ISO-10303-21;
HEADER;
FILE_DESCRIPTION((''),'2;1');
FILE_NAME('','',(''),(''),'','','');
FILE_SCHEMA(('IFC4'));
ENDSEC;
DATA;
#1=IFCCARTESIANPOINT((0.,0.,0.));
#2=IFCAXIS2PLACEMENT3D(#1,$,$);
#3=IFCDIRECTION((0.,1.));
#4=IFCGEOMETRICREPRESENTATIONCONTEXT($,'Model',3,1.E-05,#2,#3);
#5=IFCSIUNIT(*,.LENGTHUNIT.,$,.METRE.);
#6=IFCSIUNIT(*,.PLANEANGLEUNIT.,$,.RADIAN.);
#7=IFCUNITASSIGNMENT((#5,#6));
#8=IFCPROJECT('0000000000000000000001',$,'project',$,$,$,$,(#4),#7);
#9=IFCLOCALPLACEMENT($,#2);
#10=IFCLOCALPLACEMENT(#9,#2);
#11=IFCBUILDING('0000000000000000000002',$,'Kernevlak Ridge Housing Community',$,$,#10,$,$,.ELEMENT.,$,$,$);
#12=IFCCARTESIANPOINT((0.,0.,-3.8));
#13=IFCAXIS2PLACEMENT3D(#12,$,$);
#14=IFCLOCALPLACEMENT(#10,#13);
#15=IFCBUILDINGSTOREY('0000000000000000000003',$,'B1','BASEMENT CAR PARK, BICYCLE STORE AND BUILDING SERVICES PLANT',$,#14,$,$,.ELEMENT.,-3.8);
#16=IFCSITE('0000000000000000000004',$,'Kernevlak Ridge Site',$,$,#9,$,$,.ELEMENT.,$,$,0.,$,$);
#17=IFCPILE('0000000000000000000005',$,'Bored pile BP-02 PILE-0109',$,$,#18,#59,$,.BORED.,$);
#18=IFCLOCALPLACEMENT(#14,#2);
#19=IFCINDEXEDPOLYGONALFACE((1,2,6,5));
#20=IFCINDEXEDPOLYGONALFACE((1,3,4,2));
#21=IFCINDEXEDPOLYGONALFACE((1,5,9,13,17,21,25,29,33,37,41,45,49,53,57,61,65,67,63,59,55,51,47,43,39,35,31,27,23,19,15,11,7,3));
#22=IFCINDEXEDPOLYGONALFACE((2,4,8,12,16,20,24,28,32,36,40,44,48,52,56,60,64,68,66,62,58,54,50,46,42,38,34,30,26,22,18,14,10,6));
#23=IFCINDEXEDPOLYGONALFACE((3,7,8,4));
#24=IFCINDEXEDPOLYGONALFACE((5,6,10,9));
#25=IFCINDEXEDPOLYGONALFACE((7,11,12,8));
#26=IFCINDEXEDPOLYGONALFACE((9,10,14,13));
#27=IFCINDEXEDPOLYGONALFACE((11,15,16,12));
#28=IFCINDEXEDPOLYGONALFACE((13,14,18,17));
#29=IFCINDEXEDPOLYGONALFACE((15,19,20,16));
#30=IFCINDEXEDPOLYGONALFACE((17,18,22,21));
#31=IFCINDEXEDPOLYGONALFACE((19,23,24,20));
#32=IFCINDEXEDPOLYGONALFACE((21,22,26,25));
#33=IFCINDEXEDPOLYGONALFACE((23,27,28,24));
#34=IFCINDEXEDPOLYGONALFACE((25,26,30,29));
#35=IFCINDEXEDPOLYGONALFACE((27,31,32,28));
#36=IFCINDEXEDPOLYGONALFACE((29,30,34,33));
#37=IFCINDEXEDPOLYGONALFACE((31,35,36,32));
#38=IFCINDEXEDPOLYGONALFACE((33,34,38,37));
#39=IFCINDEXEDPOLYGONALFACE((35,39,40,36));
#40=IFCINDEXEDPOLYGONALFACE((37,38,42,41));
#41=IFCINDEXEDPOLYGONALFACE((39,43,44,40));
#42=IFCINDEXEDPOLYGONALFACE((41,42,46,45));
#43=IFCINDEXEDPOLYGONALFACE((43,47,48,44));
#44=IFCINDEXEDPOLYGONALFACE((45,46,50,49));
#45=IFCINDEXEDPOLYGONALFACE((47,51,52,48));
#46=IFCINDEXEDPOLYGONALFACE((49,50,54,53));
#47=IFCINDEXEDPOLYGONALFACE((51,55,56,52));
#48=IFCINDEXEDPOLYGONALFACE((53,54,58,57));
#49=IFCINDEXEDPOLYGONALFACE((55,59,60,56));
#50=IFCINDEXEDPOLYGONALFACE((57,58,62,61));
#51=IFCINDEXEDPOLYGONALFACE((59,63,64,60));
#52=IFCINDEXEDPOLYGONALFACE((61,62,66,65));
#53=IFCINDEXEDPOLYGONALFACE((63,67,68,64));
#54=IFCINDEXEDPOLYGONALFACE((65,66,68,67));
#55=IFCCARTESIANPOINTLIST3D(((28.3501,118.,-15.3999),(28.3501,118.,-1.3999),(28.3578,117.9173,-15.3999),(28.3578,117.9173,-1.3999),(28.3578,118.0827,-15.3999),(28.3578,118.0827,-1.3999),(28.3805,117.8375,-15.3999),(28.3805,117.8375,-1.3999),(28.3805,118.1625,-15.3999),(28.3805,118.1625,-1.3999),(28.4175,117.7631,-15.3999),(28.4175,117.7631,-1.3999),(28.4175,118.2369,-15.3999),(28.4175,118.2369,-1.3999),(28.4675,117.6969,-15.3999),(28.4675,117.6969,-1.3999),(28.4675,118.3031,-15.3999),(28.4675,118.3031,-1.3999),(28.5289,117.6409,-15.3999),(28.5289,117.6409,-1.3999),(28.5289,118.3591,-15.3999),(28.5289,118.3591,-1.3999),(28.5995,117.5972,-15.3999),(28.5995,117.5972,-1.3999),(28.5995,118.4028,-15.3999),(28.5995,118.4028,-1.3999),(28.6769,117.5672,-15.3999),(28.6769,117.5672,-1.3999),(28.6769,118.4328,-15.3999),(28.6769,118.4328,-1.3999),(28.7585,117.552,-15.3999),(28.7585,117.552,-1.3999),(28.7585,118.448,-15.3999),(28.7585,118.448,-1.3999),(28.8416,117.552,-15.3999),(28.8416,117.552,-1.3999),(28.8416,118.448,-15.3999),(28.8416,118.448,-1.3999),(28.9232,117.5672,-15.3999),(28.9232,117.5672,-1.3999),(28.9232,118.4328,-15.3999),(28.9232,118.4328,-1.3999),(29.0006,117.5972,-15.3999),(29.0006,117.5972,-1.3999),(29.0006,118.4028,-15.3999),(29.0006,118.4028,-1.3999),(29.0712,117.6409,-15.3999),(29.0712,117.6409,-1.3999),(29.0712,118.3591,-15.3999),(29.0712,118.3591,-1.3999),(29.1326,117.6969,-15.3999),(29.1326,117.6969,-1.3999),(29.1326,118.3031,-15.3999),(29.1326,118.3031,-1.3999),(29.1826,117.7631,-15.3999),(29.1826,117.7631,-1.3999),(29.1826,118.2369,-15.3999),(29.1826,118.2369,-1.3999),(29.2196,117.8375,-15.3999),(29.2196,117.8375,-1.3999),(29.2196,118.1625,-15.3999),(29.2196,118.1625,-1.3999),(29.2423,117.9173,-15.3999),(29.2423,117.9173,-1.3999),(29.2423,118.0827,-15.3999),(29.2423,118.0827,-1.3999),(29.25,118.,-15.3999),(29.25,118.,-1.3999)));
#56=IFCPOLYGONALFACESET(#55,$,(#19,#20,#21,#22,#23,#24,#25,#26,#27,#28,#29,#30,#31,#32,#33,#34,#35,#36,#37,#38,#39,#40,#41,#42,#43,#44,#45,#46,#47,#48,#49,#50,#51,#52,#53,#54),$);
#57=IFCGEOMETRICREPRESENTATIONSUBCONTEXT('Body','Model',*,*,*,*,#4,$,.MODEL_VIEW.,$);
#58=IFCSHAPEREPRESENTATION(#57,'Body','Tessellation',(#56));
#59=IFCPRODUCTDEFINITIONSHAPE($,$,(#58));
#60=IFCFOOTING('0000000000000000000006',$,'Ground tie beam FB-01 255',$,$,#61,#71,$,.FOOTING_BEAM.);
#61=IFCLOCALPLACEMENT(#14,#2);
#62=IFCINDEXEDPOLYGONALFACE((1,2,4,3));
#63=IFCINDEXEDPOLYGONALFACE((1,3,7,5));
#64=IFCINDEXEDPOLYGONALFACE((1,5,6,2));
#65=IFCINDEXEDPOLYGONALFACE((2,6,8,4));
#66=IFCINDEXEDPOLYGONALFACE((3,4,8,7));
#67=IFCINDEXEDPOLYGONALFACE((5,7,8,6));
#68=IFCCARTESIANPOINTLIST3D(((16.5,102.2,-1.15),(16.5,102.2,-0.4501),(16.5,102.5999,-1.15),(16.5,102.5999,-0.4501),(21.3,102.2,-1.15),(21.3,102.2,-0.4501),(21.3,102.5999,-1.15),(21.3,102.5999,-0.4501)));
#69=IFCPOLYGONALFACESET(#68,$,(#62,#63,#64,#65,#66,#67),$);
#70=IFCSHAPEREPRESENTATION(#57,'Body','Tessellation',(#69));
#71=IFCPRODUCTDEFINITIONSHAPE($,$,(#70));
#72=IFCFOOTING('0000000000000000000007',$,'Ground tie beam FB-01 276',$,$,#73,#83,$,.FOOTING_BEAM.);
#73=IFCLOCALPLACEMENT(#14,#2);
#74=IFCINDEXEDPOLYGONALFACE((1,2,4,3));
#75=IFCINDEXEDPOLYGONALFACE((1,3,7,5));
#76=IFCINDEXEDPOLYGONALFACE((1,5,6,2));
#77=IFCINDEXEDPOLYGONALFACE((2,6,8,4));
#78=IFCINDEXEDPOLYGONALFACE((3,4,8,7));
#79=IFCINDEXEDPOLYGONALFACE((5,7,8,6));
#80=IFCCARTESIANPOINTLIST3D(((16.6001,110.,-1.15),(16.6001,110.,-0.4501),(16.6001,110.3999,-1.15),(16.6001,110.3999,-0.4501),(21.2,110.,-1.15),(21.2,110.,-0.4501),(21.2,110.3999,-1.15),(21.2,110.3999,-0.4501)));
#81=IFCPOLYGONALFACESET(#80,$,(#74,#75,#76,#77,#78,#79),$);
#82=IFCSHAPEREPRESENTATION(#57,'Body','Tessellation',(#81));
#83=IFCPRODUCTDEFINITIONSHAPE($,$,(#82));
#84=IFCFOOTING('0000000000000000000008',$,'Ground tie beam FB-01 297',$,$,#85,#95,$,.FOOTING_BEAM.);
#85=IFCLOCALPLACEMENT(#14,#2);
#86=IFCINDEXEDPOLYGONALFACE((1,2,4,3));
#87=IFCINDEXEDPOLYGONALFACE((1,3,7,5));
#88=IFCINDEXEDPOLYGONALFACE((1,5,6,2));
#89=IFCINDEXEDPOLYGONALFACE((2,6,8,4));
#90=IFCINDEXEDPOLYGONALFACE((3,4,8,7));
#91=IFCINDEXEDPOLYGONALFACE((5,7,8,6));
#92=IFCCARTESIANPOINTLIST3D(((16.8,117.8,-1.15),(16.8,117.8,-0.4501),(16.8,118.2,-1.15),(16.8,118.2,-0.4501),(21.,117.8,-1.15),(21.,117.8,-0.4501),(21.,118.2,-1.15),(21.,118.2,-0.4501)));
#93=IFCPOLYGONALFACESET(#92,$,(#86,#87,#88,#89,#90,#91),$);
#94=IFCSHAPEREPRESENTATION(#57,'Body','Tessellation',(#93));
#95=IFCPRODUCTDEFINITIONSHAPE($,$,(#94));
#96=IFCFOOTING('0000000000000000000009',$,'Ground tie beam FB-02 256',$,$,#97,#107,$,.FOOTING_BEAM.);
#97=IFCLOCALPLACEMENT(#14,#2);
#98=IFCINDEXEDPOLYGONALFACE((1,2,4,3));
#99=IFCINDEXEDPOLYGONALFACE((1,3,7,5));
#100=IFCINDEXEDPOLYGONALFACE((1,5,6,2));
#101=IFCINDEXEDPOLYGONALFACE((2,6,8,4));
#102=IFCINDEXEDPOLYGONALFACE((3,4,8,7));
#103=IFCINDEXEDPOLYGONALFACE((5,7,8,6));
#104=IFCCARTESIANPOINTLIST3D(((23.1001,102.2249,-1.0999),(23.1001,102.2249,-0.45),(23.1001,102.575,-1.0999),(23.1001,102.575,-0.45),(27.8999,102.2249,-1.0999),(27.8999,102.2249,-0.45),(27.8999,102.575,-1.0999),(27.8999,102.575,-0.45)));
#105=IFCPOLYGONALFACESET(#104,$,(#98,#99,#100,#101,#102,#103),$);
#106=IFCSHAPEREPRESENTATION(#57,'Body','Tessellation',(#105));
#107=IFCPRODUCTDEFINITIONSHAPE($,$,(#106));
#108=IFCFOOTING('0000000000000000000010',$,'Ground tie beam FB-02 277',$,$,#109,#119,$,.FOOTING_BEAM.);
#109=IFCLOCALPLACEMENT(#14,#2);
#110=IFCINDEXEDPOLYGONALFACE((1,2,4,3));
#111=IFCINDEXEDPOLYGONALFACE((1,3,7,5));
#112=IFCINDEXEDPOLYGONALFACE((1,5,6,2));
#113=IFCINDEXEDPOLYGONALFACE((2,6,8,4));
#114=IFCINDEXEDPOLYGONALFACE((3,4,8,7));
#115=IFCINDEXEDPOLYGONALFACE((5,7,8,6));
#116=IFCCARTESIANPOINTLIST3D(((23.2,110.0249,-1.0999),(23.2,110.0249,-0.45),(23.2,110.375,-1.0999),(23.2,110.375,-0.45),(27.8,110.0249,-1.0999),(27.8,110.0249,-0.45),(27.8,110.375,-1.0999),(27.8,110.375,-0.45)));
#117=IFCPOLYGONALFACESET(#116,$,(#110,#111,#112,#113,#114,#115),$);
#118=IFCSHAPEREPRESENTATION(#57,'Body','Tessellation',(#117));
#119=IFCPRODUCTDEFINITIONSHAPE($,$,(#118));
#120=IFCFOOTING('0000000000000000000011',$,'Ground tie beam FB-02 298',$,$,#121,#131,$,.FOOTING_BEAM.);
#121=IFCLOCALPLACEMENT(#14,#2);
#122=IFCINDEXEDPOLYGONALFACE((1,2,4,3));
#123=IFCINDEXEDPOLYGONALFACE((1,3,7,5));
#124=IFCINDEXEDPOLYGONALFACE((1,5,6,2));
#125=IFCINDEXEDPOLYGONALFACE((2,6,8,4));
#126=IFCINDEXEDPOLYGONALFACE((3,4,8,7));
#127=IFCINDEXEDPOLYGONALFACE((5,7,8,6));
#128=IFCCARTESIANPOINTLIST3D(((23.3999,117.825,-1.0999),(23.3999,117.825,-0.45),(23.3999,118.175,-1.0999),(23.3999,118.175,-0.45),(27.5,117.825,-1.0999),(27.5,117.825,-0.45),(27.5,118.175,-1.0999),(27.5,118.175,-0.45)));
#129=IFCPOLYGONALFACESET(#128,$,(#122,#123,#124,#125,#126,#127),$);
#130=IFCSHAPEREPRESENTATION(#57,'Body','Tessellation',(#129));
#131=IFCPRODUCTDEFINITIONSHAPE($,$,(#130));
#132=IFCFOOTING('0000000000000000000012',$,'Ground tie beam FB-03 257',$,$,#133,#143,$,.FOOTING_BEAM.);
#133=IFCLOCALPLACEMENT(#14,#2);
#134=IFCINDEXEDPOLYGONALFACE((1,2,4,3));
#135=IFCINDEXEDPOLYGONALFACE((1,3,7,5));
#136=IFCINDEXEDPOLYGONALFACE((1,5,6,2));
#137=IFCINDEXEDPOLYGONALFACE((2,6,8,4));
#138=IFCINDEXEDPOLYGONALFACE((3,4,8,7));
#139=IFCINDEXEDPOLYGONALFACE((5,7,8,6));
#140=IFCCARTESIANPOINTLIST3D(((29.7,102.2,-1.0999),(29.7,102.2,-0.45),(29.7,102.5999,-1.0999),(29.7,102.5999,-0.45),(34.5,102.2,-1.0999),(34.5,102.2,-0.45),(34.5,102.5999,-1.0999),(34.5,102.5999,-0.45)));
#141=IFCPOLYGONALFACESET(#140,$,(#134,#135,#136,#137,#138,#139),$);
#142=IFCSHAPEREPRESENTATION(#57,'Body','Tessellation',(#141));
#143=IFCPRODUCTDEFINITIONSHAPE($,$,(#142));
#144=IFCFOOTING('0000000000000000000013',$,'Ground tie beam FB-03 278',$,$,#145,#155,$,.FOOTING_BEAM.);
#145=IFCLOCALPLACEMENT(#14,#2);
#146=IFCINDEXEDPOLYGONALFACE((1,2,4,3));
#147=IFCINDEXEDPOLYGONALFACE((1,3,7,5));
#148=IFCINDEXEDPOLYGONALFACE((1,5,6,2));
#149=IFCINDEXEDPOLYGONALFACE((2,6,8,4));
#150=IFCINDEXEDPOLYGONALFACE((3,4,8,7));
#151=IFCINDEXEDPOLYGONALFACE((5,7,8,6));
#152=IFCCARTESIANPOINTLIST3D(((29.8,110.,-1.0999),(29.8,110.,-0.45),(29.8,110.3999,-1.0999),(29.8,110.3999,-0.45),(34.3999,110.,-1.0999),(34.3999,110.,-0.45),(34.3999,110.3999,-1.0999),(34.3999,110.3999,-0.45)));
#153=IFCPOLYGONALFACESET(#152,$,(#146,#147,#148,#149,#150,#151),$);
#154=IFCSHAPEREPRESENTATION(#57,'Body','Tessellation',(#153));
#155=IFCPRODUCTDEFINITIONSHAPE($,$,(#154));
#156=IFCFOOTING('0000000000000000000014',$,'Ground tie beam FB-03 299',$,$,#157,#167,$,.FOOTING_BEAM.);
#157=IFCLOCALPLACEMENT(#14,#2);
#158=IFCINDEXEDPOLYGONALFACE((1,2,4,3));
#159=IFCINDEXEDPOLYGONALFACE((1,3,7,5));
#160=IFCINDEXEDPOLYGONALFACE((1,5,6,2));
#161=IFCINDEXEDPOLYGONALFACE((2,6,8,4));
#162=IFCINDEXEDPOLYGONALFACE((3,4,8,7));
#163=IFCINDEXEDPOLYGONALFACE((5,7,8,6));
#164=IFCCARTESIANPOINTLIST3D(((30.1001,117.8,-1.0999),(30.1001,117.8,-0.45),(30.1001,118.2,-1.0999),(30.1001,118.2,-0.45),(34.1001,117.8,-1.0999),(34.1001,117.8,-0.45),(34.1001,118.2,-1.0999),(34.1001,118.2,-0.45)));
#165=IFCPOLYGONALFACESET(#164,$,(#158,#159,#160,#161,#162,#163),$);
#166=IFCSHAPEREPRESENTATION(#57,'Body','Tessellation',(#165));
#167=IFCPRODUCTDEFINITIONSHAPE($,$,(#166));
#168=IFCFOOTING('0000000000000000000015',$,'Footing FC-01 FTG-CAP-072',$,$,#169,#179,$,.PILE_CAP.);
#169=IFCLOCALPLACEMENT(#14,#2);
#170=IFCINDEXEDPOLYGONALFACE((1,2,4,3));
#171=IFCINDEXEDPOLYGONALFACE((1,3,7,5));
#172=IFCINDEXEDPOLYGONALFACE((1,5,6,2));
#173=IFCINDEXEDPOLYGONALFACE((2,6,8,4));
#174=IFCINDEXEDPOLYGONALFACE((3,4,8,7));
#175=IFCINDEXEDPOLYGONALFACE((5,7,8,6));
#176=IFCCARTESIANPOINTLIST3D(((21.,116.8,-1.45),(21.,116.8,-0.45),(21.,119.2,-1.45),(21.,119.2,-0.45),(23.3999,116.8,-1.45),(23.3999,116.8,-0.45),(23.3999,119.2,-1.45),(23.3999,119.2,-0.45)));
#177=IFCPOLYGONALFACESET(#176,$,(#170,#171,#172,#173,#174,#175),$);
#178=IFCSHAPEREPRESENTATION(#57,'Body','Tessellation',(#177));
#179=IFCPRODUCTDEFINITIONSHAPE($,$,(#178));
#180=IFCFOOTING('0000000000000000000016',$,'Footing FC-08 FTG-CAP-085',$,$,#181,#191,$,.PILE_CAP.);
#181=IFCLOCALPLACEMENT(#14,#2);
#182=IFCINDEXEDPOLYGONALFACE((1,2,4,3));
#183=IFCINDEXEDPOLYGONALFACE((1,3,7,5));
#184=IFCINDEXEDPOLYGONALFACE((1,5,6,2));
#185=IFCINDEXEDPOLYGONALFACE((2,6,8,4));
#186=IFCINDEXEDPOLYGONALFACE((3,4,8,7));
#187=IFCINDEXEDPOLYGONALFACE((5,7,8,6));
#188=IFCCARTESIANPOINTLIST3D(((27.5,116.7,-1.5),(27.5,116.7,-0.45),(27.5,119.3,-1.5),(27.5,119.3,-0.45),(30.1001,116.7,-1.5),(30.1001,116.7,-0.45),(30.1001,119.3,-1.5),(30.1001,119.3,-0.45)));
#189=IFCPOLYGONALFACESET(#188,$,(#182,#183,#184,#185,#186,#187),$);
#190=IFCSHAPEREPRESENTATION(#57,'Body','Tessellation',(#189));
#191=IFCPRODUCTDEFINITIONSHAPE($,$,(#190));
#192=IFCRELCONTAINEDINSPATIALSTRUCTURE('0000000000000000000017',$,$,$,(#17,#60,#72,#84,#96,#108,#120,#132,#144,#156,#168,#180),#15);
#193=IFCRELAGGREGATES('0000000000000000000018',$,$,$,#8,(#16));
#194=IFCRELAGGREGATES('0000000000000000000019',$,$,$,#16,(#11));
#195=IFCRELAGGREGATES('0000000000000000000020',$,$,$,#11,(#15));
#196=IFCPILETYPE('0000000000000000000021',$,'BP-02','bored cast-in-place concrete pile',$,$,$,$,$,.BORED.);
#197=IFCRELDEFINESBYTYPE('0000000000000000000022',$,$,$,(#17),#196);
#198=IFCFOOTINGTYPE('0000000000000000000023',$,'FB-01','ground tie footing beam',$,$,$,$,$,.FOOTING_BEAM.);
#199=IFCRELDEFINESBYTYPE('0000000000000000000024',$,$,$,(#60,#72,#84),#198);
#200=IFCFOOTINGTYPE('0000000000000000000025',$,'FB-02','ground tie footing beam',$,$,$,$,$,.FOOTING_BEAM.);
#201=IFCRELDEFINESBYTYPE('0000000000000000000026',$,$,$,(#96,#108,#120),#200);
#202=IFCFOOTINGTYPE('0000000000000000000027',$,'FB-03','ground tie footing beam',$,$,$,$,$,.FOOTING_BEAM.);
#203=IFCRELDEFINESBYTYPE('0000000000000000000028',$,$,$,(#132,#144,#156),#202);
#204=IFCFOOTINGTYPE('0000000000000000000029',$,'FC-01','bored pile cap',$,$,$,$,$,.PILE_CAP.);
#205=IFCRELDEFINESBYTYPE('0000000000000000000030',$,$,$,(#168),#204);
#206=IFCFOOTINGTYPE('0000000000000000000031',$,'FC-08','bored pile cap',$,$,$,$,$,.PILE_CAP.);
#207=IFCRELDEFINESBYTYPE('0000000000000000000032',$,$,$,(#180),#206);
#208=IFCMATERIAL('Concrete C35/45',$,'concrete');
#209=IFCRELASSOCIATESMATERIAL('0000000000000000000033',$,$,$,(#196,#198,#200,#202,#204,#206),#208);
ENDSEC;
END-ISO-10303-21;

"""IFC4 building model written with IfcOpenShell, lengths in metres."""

from ifc_helpers import new_model, si_unit, direction, frame, origin, origin_2d, place, context, subcontext, project, spatial, rectangle, circle, extrude, material, material_profile, profile_set, type_object, element, save


model = new_model("IFC4")

# Units and contexts
model_context = context("Model", 3, precision=1e-05, world=origin(), true_north=direction((0.0, 1.0)))
body_context = subcontext(model_context, "Body", "Model", "MODEL_VIEW")
ifc_project = project(units=[si_unit("LENGTHUNIT", "METRE"), si_unit("PLANEANGLEUNIT", "RADIAN")], contexts=[model_context])

# Site, building, storey
site_placement = place(None, origin())
site = spatial("IfcSite", under=ifc_project, at=site_placement, Name="Kernevlak Ridge Site", CompositionType="ELEMENT", RefElevation=0.0)
building_placement = place(site_placement, origin())
building = spatial("IfcBuilding", under=site, at=building_placement, Name="Kernevlak Ridge Housing Community", CompositionType="ELEMENT")
storey_placement = place(building_placement, frame((0.0, 0.0, -3.8)))
storey = spatial("IfcBuildingStorey", under=building, at=storey_placement, Name="B1", Description="BASEMENT CAR PARK, BICYCLE STORE AND BUILDING SERVICES PLANT", CompositionType="ELEMENT", Elevation=-3.8)

# Pile
ifc_material_1 = material(Name="Concrete C35/45", Category="concrete")
ifc_material_profile_1 = material_profile(ifc_material_1, circle(Radius=0.45, at=origin_2d()), Name="BORED PILE 900")
ifc_profile_set_1 = profile_set([ifc_material_profile_1], Name="Concrete C35/45")
pile_type_1 = type_object("IfcPileType", Name="BP-02", Description="bored cast-in-place concrete pile", PredefinedType="BORED", material=ifc_profile_set_1)
for number, where, z_axis, x_axis, name in (
    (1, (28.8, 118.0, -1.3999), (0.0, 0.0, -1.0), (1.0, 0.0, 0.0), "Bored pile BP-02 PILE-0109"),
):
    element("IfcPile", number, at=place(storey_placement, frame(where, z_axis=z_axis, x_axis=x_axis)), inside=storey, type_object=pile_type_1, Name=name, PredefinedType="BORED", context=body_context, shape_type="SweptSolid", body=[
        extrude(circle(Radius=0.45, at=origin_2d()), origin(), (0.0, 0.0, 1.0), 14.0),
    ])

# Footings
ifc_material_profile_2 = material_profile(ifc_material_1, rectangle(XDim=0.3999, YDim=0.7, at=origin_2d()), Name="RC 400x700")
ifc_profile_set_2 = profile_set([ifc_material_profile_2], Name="Concrete C35/45")
footing_type_1 = type_object("IfcFootingType", Name="FB-01", Description="ground tie footing beam", PredefinedType="FOOTING_BEAM", material=ifc_profile_set_2)
footing_1_placement = place(storey_placement, frame((16.5, 102.3999, -0.8), z_axis=(1.0, 0.0, 0.0), x_axis=(0.0, 1.0, 0.0)))
element("IfcFooting", 2, at=footing_1_placement, inside=storey, type_object=footing_type_1, Name="Ground tie beam FB-01 255", PredefinedType="FOOTING_BEAM", context=body_context, shape_type="SweptSolid", body=[
    extrude(rectangle(XDim=0.3999, YDim=0.7, at=origin_2d()), origin(), (0.0, 0.0, 1.0), 4.8),
])
footing_2_placement = place(storey_placement, frame((16.6001, 110.2, -0.8), z_axis=(1.0, 0.0, 0.0), x_axis=(0.0, 1.0, 0.0)))
element("IfcFooting", 3, at=footing_2_placement, inside=storey, type_object=footing_type_1, Name="Ground tie beam FB-01 276", PredefinedType="FOOTING_BEAM", context=body_context, shape_type="SweptSolid", body=[
    extrude(rectangle(XDim=0.3999, YDim=0.7, at=origin_2d()), origin(), (0.0, 0.0, 1.0), 4.5999),
])
footing_3_placement = place(storey_placement, frame((16.8, 118.0, -0.8), z_axis=(1.0, 0.0, 0.0), x_axis=(0.0, 1.0, 0.0)))
element("IfcFooting", 4, at=footing_3_placement, inside=storey, type_object=footing_type_1, Name="Ground tie beam FB-01 297", PredefinedType="FOOTING_BEAM", context=body_context, shape_type="SweptSolid", body=[
    extrude(rectangle(XDim=0.3999, YDim=0.7, at=origin_2d()), origin(), (0.0, 0.0, 1.0), 4.2),
])
ifc_material_profile_3 = material_profile(ifc_material_1, rectangle(XDim=0.3501, YDim=0.6499, at=origin_2d()), Name="RC 350x650")
ifc_profile_set_3 = profile_set([ifc_material_profile_3], Name="Concrete C35/45")
footing_type_2 = type_object("IfcFootingType", Name="FB-02", Description="ground tie footing beam", PredefinedType="FOOTING_BEAM", material=ifc_profile_set_3)
footing_4_placement = place(storey_placement, frame((23.1001, 102.3999, -0.7749), z_axis=(1.0, 0.0, 0.0), x_axis=(0.0, 1.0, 0.0)))
element("IfcFooting", 5, at=footing_4_placement, inside=storey, type_object=footing_type_2, Name="Ground tie beam FB-02 256", PredefinedType="FOOTING_BEAM", context=body_context, shape_type="SweptSolid", body=[
    extrude(rectangle(XDim=0.3501, YDim=0.6499, at=origin_2d()), origin(), (0.0, 0.0, 1.0), 4.7998),
])
footing_5_placement = place(storey_placement, frame((23.2, 110.2, -0.7749), z_axis=(1.0, 0.0, 0.0), x_axis=(0.0, 1.0, 0.0)))
element("IfcFooting", 6, at=footing_5_placement, inside=storey, type_object=footing_type_2, Name="Ground tie beam FB-02 277", PredefinedType="FOOTING_BEAM", context=body_context, shape_type="SweptSolid", body=[
    extrude(rectangle(XDim=0.3501, YDim=0.6499, at=origin_2d()), origin(), (0.0, 0.0, 1.0), 4.6001),
])
footing_6_placement = place(storey_placement, frame((23.3999, 118.0, -0.7749), z_axis=(1.0, 0.0, 0.0), x_axis=(0.0, 1.0, 0.0)))
element("IfcFooting", 7, at=footing_6_placement, inside=storey, type_object=footing_type_2, Name="Ground tie beam FB-02 298", PredefinedType="FOOTING_BEAM", context=body_context, shape_type="SweptSolid", body=[
    extrude(rectangle(XDim=0.3501, YDim=0.6499, at=origin_2d()), origin(), (0.0, 0.0, 1.0), 4.1001),
])
ifc_material_profile_4 = material_profile(ifc_material_1, rectangle(XDim=0.3999, YDim=0.6499, at=origin_2d()), Name="RC 400x650")
ifc_profile_set_4 = profile_set([ifc_material_profile_4], Name="Concrete C35/45")
footing_type_3 = type_object("IfcFootingType", Name="FB-03", Description="ground tie footing beam", PredefinedType="FOOTING_BEAM", material=ifc_profile_set_4)
footing_7_placement = place(storey_placement, frame((29.7, 102.3999, -0.7749), z_axis=(1.0, 0.0, 0.0), x_axis=(0.0, 1.0, 0.0)))
element("IfcFooting", 8, at=footing_7_placement, inside=storey, type_object=footing_type_3, Name="Ground tie beam FB-03 257", PredefinedType="FOOTING_BEAM", context=body_context, shape_type="SweptSolid", body=[
    extrude(rectangle(XDim=0.3999, YDim=0.6499, at=origin_2d()), origin(), (0.0, 0.0, 1.0), 4.8),
])
footing_8_placement = place(storey_placement, frame((29.8, 110.2, -0.7749), z_axis=(1.0, 0.0, 0.0), x_axis=(0.0, 1.0, 0.0)))
element("IfcFooting", 9, at=footing_8_placement, inside=storey, type_object=footing_type_3, Name="Ground tie beam FB-03 278", PredefinedType="FOOTING_BEAM", context=body_context, shape_type="SweptSolid", body=[
    extrude(rectangle(XDim=0.3999, YDim=0.6499, at=origin_2d()), origin(), (0.0, 0.0, 1.0), 4.5999),
])
footing_9_placement = place(storey_placement, frame((30.1001, 118.0, -0.7749), z_axis=(1.0, 0.0, 0.0), x_axis=(0.0, 1.0, 0.0)))
element("IfcFooting", 10, at=footing_9_placement, inside=storey, type_object=footing_type_3, Name="Ground tie beam FB-03 299", PredefinedType="FOOTING_BEAM", context=body_context, shape_type="SweptSolid", body=[
    extrude(rectangle(XDim=0.3999, YDim=0.6499, at=origin_2d()), origin(), (0.0, 0.0, 1.0), 4.0),
])
footing_type_4 = type_object("IfcFootingType", Name="FC-01", Description="bored pile cap", PredefinedType="PILE_CAP", material=ifc_material_1)
footing_10_placement = place(storey_placement, frame((22.2, 118.0, -1.45), z_axis=(0.0, 0.0, 1.0), x_axis=(1.0, 0.0, 0.0)))
element("IfcFooting", 11, at=footing_10_placement, inside=storey, type_object=footing_type_4, Name="Footing FC-01 FTG-CAP-072", PredefinedType="PILE_CAP", context=body_context, shape_type="SweptSolid", body=[
    extrude(rectangle(XDim=2.3999, YDim=2.3999, at=origin_2d()), origin(), (0.0, 0.0, 1.0), 1.0),
])
footing_type_5 = type_object("IfcFootingType", Name="FC-08", Description="bored pile cap", PredefinedType="PILE_CAP", material=ifc_material_1)
footing_11_placement = place(storey_placement, frame((28.8, 118.0, -1.5), z_axis=(0.0, 0.0, 1.0), x_axis=(1.0, 0.0, 0.0)))
element("IfcFooting", 12, at=footing_11_placement, inside=storey, type_object=footing_type_5, Name="Footing FC-08 FTG-CAP-085", PredefinedType="PILE_CAP", context=body_context, shape_type="SweptSolid", body=[
    extrude(rectangle(XDim=2.6001, YDim=2.6001, at=origin_2d()), origin(), (0.0, 0.0, 1.0), 1.05),
])

save(model, "model.ifc")
